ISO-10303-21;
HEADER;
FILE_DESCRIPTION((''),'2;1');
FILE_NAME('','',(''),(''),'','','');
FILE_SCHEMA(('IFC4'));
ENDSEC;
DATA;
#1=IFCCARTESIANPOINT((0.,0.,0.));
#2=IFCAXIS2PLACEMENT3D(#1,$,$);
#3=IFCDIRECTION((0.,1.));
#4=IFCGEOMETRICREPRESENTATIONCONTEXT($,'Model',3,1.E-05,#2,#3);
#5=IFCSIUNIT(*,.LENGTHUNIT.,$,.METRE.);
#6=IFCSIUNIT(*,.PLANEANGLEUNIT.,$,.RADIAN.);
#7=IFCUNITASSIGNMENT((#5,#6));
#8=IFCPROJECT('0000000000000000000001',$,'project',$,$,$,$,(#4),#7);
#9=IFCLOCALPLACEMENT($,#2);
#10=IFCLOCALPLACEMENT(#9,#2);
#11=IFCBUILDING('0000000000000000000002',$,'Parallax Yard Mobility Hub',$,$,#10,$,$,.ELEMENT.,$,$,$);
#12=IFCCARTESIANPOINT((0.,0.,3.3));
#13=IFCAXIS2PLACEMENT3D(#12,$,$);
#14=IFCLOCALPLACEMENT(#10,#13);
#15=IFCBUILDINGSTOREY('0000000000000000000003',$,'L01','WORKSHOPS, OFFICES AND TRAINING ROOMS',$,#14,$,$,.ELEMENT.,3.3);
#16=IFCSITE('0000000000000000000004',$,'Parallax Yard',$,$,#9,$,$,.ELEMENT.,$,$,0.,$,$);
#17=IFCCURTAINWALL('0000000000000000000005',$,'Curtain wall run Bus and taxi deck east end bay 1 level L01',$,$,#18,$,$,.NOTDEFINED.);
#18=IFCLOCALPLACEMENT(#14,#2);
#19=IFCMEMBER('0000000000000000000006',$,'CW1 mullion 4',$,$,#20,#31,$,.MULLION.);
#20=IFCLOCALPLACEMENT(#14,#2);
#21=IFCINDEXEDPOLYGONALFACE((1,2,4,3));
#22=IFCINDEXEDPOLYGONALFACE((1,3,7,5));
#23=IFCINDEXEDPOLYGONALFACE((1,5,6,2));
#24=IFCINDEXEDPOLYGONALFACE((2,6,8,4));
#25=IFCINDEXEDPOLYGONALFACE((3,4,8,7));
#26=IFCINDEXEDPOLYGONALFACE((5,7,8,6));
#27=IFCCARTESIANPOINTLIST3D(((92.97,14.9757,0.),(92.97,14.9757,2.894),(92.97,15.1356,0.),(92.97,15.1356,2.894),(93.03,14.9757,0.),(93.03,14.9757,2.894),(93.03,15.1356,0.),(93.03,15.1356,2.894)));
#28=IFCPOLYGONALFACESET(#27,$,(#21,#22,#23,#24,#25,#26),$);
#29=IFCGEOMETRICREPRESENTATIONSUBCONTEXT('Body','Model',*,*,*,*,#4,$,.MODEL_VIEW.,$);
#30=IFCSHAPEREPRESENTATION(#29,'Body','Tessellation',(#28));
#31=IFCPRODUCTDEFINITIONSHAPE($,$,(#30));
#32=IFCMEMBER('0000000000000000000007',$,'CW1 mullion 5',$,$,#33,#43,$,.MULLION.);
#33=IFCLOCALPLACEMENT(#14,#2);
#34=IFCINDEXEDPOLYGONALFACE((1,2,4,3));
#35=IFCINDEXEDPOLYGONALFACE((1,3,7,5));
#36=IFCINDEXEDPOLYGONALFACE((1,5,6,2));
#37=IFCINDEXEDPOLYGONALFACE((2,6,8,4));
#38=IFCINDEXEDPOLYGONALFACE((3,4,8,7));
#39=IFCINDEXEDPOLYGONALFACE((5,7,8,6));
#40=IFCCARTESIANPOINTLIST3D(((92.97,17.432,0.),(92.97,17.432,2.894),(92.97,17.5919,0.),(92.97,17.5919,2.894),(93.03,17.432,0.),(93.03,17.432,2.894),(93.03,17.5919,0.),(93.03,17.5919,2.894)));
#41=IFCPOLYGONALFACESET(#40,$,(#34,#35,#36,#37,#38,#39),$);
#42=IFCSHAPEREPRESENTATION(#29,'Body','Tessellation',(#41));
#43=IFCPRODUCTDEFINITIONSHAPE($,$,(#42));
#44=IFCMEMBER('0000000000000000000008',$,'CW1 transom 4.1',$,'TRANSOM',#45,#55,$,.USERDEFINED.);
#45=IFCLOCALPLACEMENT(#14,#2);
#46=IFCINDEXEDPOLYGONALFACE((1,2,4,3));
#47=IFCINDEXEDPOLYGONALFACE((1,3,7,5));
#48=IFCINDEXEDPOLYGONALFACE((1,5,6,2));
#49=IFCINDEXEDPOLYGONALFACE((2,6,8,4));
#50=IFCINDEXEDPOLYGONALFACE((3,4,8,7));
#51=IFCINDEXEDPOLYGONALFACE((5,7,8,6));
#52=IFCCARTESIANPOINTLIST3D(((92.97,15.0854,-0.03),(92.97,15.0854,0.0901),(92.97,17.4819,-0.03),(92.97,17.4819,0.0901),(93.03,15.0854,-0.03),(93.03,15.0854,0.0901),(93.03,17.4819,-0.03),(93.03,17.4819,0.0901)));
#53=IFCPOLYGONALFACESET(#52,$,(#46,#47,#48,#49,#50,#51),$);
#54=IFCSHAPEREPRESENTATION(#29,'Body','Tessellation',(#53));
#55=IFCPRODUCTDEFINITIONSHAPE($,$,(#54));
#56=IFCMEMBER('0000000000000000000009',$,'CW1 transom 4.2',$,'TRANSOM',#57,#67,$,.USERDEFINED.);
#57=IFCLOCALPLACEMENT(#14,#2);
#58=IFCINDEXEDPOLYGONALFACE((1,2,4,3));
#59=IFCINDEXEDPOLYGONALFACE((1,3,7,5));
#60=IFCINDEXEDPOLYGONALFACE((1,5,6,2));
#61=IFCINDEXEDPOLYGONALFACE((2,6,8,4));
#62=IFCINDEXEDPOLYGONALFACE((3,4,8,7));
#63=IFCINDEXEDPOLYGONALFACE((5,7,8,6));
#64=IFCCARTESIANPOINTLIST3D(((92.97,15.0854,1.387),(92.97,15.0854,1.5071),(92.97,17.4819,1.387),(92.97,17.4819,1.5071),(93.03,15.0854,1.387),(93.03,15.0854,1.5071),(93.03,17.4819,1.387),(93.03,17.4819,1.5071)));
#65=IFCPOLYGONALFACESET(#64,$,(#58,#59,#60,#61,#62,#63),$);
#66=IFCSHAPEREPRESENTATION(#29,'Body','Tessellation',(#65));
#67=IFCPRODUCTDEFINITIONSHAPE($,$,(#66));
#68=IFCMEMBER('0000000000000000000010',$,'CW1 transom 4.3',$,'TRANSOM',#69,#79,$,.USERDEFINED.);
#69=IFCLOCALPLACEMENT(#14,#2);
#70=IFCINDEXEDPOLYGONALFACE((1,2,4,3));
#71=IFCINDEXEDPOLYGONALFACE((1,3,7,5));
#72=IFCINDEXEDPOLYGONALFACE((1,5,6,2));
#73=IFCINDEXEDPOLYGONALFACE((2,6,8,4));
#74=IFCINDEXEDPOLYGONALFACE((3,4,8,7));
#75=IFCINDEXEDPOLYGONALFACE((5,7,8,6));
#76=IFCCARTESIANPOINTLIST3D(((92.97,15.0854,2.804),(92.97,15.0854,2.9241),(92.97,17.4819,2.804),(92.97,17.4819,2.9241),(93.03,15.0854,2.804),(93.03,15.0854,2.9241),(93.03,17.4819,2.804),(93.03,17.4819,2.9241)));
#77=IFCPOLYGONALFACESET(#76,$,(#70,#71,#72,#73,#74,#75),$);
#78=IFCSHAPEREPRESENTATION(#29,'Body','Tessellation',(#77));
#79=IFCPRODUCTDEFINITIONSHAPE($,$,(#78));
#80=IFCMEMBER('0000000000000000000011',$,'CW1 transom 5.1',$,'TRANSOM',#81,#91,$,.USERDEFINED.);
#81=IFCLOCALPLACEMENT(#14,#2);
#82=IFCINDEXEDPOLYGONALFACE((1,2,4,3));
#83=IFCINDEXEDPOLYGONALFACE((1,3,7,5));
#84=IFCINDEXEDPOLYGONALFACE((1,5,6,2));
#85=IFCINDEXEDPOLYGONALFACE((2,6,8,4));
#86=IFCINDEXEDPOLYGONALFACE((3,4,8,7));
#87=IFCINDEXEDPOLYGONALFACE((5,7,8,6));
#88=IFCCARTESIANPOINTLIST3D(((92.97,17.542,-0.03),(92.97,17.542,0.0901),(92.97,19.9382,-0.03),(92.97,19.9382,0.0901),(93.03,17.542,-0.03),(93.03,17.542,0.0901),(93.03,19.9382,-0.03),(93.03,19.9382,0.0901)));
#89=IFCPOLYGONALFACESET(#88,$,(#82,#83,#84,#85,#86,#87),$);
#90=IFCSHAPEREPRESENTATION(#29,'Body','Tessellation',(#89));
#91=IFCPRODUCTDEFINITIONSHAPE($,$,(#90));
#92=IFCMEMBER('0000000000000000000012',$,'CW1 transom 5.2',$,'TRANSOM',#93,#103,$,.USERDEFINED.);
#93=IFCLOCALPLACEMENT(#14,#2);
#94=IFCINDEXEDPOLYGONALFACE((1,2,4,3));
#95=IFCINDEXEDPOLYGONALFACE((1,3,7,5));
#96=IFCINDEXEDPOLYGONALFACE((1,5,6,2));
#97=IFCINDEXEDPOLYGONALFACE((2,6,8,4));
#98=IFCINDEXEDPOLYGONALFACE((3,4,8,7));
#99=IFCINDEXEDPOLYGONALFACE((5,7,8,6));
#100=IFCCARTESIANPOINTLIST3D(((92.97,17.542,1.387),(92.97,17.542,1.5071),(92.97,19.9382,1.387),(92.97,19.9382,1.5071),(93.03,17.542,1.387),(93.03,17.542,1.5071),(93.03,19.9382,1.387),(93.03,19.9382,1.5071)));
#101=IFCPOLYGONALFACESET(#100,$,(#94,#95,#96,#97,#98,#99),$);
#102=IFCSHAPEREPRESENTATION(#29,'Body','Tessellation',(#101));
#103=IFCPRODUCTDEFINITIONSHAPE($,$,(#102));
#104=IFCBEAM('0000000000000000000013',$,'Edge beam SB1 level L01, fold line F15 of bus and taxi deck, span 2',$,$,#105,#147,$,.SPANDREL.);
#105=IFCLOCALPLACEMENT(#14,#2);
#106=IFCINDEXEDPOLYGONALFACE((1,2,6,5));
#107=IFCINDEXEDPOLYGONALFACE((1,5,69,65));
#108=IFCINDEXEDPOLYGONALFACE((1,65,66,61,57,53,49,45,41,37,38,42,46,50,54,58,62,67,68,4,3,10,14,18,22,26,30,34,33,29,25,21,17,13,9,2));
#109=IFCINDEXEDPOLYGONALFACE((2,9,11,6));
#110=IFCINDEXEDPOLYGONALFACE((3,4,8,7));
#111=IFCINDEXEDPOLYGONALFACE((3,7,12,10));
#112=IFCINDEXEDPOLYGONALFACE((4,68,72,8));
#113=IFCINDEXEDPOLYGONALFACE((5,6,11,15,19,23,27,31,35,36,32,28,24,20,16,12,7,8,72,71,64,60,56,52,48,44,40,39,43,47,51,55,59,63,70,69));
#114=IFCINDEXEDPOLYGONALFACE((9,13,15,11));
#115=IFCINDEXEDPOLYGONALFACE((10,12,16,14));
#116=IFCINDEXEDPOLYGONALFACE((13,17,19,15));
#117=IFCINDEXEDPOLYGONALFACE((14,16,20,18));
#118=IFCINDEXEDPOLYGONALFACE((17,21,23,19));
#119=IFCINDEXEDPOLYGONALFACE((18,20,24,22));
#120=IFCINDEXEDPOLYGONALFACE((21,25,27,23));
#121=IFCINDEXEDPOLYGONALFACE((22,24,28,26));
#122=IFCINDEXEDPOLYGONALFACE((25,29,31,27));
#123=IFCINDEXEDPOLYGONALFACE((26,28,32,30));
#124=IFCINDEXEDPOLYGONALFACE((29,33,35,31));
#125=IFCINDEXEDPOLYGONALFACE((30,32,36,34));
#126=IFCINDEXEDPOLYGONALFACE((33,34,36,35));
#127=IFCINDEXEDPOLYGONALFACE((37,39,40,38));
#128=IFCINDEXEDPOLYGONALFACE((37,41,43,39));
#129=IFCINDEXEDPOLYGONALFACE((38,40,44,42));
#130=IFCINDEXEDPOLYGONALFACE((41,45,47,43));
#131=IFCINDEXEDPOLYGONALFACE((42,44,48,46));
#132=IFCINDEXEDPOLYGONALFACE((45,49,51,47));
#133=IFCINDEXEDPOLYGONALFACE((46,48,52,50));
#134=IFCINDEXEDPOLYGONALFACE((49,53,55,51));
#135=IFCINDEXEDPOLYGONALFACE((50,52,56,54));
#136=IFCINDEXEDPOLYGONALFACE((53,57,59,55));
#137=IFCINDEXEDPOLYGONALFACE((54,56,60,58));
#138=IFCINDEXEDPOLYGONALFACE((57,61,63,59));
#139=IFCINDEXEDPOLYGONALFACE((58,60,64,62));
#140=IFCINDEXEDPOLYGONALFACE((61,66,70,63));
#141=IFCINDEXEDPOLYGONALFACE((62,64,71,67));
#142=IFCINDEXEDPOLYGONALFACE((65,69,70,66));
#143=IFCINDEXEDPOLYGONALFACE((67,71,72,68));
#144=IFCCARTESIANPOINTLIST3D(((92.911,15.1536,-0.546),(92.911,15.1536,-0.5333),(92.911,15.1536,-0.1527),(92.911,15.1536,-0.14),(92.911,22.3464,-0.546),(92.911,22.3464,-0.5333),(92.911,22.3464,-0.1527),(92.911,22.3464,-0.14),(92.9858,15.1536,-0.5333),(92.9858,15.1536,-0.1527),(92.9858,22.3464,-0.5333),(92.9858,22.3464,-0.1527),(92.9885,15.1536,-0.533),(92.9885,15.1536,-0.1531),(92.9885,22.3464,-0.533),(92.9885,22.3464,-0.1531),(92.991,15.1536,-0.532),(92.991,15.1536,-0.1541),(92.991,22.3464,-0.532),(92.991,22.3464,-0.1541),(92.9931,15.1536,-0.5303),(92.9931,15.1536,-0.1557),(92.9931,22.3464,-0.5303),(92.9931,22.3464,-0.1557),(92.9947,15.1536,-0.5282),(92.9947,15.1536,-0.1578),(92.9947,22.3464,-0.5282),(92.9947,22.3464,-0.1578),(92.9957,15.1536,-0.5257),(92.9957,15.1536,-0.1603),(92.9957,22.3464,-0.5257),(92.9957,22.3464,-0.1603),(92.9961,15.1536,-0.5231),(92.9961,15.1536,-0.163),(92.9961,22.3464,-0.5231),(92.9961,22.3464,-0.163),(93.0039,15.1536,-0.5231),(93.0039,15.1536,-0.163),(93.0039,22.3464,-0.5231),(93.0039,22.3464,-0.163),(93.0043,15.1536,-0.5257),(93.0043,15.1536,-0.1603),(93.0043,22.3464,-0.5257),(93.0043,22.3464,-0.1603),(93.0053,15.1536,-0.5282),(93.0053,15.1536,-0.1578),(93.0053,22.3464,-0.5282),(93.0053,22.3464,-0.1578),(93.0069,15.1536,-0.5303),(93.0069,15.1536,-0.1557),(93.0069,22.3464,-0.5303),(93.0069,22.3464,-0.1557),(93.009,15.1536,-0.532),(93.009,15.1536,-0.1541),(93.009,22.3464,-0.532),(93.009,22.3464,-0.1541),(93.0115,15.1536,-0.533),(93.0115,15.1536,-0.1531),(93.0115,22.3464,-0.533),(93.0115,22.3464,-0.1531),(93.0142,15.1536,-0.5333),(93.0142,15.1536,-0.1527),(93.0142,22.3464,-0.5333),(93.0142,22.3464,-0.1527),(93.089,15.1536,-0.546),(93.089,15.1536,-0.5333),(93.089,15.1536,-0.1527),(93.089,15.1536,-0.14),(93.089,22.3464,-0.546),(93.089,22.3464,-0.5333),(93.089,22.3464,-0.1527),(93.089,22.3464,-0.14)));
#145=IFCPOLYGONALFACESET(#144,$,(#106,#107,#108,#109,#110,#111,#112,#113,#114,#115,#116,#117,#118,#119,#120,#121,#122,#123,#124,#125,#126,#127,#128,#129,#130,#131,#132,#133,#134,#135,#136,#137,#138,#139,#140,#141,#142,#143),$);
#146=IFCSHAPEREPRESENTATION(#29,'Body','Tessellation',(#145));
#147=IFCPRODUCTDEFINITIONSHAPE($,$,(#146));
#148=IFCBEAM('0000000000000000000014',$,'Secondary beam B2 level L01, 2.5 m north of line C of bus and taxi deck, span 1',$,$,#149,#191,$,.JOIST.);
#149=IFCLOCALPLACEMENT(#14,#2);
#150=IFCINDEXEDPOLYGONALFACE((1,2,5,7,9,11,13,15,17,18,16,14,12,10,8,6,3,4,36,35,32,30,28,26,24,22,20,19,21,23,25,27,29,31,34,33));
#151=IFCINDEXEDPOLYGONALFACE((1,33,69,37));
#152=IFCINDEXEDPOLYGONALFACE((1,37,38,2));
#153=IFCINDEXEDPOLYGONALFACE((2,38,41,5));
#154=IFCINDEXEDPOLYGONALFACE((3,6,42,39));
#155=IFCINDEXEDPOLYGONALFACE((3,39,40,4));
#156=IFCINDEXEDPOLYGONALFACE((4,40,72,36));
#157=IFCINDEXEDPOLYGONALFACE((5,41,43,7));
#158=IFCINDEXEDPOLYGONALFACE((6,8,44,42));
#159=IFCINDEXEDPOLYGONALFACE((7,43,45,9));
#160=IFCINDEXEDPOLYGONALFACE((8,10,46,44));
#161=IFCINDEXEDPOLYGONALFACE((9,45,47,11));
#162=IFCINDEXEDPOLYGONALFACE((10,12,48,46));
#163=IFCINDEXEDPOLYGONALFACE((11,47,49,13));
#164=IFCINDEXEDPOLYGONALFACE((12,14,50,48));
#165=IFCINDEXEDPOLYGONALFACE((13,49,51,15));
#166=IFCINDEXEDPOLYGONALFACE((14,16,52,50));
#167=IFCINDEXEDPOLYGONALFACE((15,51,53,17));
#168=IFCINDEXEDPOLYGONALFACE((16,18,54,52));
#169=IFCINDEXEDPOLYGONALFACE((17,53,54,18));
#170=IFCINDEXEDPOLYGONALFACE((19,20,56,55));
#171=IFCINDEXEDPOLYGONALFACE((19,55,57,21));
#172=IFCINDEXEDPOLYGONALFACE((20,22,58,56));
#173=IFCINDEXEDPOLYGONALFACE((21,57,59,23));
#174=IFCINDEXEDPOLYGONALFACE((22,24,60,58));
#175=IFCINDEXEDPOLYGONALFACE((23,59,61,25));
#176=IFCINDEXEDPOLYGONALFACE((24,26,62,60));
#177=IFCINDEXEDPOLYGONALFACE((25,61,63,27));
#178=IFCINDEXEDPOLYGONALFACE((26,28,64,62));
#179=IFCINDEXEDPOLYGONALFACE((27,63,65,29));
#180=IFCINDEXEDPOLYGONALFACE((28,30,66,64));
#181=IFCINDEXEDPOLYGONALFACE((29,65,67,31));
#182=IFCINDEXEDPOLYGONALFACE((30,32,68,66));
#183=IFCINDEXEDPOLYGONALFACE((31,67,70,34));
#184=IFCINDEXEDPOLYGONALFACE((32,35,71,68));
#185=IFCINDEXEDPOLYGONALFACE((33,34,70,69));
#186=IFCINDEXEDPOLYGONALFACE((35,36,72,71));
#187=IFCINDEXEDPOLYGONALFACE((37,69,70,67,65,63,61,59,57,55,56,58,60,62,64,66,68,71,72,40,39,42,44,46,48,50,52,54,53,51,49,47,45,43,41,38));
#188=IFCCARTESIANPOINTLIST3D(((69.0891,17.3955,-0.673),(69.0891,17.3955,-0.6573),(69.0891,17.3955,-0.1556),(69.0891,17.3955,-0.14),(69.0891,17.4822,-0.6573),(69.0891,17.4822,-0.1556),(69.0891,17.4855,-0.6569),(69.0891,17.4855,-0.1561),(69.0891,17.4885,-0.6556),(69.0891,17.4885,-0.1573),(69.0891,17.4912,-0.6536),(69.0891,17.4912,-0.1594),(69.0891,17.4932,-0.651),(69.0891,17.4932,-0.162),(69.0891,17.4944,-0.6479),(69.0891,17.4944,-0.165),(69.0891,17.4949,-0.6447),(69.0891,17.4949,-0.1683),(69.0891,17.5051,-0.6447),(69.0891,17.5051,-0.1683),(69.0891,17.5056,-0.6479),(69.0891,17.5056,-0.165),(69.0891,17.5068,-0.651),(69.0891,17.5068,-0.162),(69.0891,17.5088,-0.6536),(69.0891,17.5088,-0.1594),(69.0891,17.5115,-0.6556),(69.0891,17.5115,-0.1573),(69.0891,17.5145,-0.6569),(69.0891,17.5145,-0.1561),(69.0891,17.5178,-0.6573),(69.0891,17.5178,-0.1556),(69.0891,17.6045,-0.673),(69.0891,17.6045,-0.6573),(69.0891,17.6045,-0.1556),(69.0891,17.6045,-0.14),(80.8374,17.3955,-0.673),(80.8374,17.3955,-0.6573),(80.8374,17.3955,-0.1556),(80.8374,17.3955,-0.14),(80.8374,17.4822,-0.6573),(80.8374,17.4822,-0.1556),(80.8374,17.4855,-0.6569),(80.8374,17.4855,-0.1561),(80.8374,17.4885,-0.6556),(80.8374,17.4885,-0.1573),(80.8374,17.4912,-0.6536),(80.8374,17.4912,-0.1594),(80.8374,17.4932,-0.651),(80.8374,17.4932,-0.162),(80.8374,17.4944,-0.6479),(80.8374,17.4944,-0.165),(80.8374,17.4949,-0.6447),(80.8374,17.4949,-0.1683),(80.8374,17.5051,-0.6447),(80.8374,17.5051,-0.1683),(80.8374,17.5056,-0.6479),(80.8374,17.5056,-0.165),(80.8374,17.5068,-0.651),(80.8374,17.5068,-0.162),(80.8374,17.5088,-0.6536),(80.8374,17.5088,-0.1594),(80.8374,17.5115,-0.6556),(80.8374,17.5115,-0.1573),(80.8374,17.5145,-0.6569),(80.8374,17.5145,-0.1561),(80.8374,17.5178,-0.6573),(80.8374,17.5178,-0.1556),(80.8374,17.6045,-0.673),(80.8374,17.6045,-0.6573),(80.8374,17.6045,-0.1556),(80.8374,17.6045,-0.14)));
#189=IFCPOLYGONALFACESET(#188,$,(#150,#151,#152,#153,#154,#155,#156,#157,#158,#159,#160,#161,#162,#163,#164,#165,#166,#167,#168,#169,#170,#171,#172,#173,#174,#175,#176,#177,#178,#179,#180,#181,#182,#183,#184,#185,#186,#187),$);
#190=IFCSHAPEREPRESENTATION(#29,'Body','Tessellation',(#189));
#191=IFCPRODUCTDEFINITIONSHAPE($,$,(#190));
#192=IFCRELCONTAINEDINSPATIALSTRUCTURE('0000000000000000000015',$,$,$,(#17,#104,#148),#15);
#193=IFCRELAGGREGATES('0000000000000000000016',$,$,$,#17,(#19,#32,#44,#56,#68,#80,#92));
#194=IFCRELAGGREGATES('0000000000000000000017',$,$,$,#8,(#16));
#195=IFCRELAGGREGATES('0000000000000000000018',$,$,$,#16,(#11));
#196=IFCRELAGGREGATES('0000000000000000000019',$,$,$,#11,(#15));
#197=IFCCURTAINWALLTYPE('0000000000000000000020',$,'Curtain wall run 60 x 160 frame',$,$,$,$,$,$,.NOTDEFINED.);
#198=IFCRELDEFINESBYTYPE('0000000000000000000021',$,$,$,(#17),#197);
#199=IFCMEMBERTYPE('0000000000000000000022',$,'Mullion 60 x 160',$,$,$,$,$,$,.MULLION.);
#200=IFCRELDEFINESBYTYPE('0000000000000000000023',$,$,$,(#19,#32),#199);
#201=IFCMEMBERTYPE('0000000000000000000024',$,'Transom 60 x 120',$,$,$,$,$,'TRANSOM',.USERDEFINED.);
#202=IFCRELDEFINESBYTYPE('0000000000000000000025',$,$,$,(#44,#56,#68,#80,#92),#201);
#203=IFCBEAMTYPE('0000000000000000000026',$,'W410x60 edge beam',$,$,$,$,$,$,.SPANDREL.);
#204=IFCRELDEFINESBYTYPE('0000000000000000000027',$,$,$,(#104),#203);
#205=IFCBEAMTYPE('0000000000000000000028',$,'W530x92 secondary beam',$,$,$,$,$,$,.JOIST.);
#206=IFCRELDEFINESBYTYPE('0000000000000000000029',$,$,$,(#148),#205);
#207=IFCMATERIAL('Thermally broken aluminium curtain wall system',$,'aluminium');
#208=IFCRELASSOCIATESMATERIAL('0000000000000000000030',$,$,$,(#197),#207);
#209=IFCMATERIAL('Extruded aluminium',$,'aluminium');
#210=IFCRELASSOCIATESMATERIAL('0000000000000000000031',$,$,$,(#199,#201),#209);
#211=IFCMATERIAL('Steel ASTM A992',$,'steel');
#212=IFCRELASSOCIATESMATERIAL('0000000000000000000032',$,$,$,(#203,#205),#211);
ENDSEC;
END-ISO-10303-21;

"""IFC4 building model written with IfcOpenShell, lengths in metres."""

from ifc_helpers import new_model, si_unit, direction, frame, origin, origin_2d, place, context, subcontext, project, spatial, rectangle, i_section, extrude, material, material_profile, profile_set, type_object, element, aggregate, save


model = new_model("IFC4")

# Units and contexts
model_context = context("Model", 3, precision=1e-05, world=origin(), true_north=direction((0.0, 1.0)))
body_context = subcontext(model_context, "Body", "Model", "MODEL_VIEW")
ifc_project = project(units=[si_unit("LENGTHUNIT", "METRE"), si_unit("PLANEANGLEUNIT", "RADIAN")], contexts=[model_context])

# Site, building, storey
site_placement = place(None, origin())
site = spatial("IfcSite", under=ifc_project, at=site_placement, Name="Parallax Yard", CompositionType="ELEMENT", RefElevation=0.0)
building_placement = place(site_placement, origin())
building = spatial("IfcBuilding", under=site, at=building_placement, Name="Parallax Yard Mobility Hub", CompositionType="ELEMENT")
storey_placement = place(building_placement, frame((0.0, 0.0, 3.3)))
storey = spatial("IfcBuildingStorey", under=building, at=storey_placement, Name="L01", Description="WORKSHOPS, OFFICES AND TRAINING ROOMS", CompositionType="ELEMENT", Elevation=3.3)

# Curtain wall, members
ifc_material_1 = material(Name="Thermally broken aluminium curtain wall system", Category="aluminium")
curtain_wall_type = type_object("IfcCurtainWallType", Name="Curtain wall run 60 x 160 frame", PredefinedType="NOTDEFINED", material=ifc_material_1)
curtain_wall_placement = place(storey_placement, origin())
curtain_wall = element("IfcCurtainWall", 1, at=curtain_wall_placement, inside=storey, type_object=curtain_wall_type, Name="Curtain wall run Bus and taxi deck east end bay 1 level L01", PredefinedType="NOTDEFINED")
ifc_material_2 = material(Name="Extruded aluminium", Category="aluminium")
ifc_material_profile_1 = material_profile(ifc_material_2, rectangle(XDim=0.0601, YDim=0.1599, at=origin_2d()), Name="Mullion 60 x 160")
ifc_profile_set_1 = profile_set([ifc_material_profile_1], Name="Extruded aluminium")
member_type_1 = type_object("IfcMemberType", Name="Mullion 60 x 160", PredefinedType="MULLION", material=ifc_profile_set_1)
member_1_placement = place(storey_placement, frame((93.0, 15.0557, 0.0), z_axis=(0.0, 0.0, 1.0), x_axis=(-1.0, 0.0, 0.0)))
member_1 = element("IfcMember", 2, at=member_1_placement, type_object=member_type_1, Name="CW1 mullion 4", PredefinedType="MULLION", context=body_context, shape_type="SweptSolid", body=[
    extrude(rectangle(XDim=0.0601, YDim=0.1599, at=origin_2d()), origin(), (0.0, 0.0, 1.0), 2.894),
])
member_2_placement = place(storey_placement, frame((93.0, 17.512, 0.0), z_axis=(0.0, 0.0, 1.0), x_axis=(-1.0, 0.0, 0.0)))
member_2 = element("IfcMember", 3, at=member_2_placement, type_object=member_type_1, Name="CW1 mullion 5", PredefinedType="MULLION", context=body_context, shape_type="SweptSolid", body=[
    extrude(rectangle(XDim=0.0601, YDim=0.1599, at=origin_2d()), origin(), (0.0, 0.0, 1.0), 2.894),
])
ifc_material_profile_2 = material_profile(ifc_material_2, rectangle(XDim=0.0601, YDim=0.1201, at=origin_2d()), Name="Transom 60 x 120")
ifc_profile_set_2 = profile_set([ifc_material_profile_2], Name="Extruded aluminium")
member_type_2 = type_object("IfcMemberType", Name="Transom 60 x 120", ElementType="TRANSOM", PredefinedType="USERDEFINED", material=ifc_profile_set_2)
member_3_placement = place(storey_placement, frame((93.0, 15.0854, 0.03), z_axis=(0.0, 1.0, 0.0), x_axis=(-1.0, 0.0, 0.0)))
member_3 = element("IfcMember", 4, at=member_3_placement, type_object=member_type_2, Name="CW1 transom 4.1", ObjectType="TRANSOM", PredefinedType="USERDEFINED", context=body_context, shape_type="SweptSolid", body=[
    extrude(rectangle(XDim=0.0601, YDim=0.1201, at=origin_2d()), origin(), (0.0, 0.0, 1.0), 2.3965),
])
member_4_placement = place(storey_placement, frame((93.0, 15.0854, 1.447), z_axis=(0.0, 1.0, 0.0), x_axis=(-1.0, 0.0, 0.0)))
member_4 = element("IfcMember", 5, at=member_4_placement, type_object=member_type_2, Name="CW1 transom 4.2", ObjectType="TRANSOM", PredefinedType="USERDEFINED", context=body_context, shape_type="SweptSolid", body=[
    extrude(rectangle(XDim=0.0601, YDim=0.1201, at=origin_2d()), origin(), (0.0, 0.0, 1.0), 2.3965),
])
member_5_placement = place(storey_placement, frame((93.0, 15.0854, 2.864), z_axis=(0.0, 1.0, 0.0), x_axis=(-1.0, 0.0, 0.0)))
member_5 = element("IfcMember", 6, at=member_5_placement, type_object=member_type_2, Name="CW1 transom 4.3", ObjectType="TRANSOM", PredefinedType="USERDEFINED", context=body_context, shape_type="SweptSolid", body=[
    extrude(rectangle(XDim=0.0601, YDim=0.1201, at=origin_2d()), origin(), (0.0, 0.0, 1.0), 2.3965),
])
member_6_placement = place(storey_placement, frame((93.0, 17.542, 0.03), z_axis=(0.0, 1.0, 0.0), x_axis=(-1.0, 0.0, 0.0)))
member_6 = element("IfcMember", 7, at=member_6_placement, type_object=member_type_2, Name="CW1 transom 5.1", ObjectType="TRANSOM", PredefinedType="USERDEFINED", context=body_context, shape_type="SweptSolid", body=[
    extrude(rectangle(XDim=0.0601, YDim=0.1201, at=origin_2d()), origin(), (0.0, 0.0, 1.0), 2.3962),
])
member_7_placement = place(storey_placement, frame((93.0, 17.542, 1.447), z_axis=(0.0, 1.0, 0.0), x_axis=(-1.0, 0.0, 0.0)))
member_7 = element("IfcMember", 8, at=member_7_placement, type_object=member_type_2, Name="CW1 transom 5.2", ObjectType="TRANSOM", PredefinedType="USERDEFINED", context=body_context, shape_type="SweptSolid", body=[
    extrude(rectangle(XDim=0.0601, YDim=0.1201, at=origin_2d()), origin(), (0.0, 0.0, 1.0), 2.3962),
])

# Beams
ifc_material_3 = material(Name="Steel ASTM A992", Category="steel")
ifc_material_profile_3 = material_profile(ifc_material_3, i_section(OverallWidth=0.178, OverallDepth=0.406, WebThickness=0.0078, FlangeThickness=0.0127, FilletRadius=0.0103, at=origin_2d()), Name="W410x60")
ifc_profile_set_3 = profile_set([ifc_material_profile_3], Name="Steel ASTM A992")
beam_type_1 = type_object("IfcBeamType", Name="W410x60 edge beam", PredefinedType="SPANDREL", material=ifc_profile_set_3)
beam_placement = place(storey_placement, frame((93.0, 15.1536, -0.343), z_axis=(0.0, 1.0, 0.0), x_axis=(-1.0, 0.0, 0.0)))
element("IfcBeam", 9, at=beam_placement, inside=storey, type_object=beam_type_1, Name="Edge beam SB1 level L01, fold line F15 of bus and taxi deck, span 2", PredefinedType="SPANDREL", context=body_context, shape_type="SweptSolid", body=[
    extrude(i_section(OverallWidth=0.178, OverallDepth=0.406, WebThickness=0.0078, FlangeThickness=0.0127, FilletRadius=0.0103, at=origin_2d()), origin(), (0.0, 0.0, 1.0), 7.1929),
])
ifc_material_profile_4 = material_profile(ifc_material_3, i_section(OverallWidth=0.209, OverallDepth=0.533, WebThickness=0.0103, FlangeThickness=0.0156, FilletRadius=0.0127, at=origin_2d()), Name="W530x92")
ifc_profile_set_4 = profile_set([ifc_material_profile_4], Name="Steel ASTM A992")
beam_type_2 = type_object("IfcBeamType", Name="W530x92 secondary beam", PredefinedType="JOIST", material=ifc_profile_set_4)
for number, where, z_axis, x_axis, name in (
    (10, (69.0891, 17.5, -0.4065), (1.0, 0.0, 0.0), (0.0, 1.0, 0.0), "Secondary beam B2 level L01, 2.5 m north of line C of bus and taxi deck, span 1"),
):
    element("IfcBeam", number, at=place(storey_placement, frame(where, z_axis=z_axis, x_axis=x_axis)), inside=storey, type_object=beam_type_2, Name=name, PredefinedType="JOIST", context=body_context, shape_type="SweptSolid", body=[
        extrude(i_section(OverallWidth=0.209, OverallDepth=0.533, WebThickness=0.0103, FlangeThickness=0.0156, FilletRadius=0.0127, at=origin_2d()), origin(), (0.0, 0.0, 1.0), 11.7483),
    ])

aggregate(curtain_wall, [member_1, member_2, member_3, member_4, member_5, member_6, member_7])

save(model, "model.ifc")
